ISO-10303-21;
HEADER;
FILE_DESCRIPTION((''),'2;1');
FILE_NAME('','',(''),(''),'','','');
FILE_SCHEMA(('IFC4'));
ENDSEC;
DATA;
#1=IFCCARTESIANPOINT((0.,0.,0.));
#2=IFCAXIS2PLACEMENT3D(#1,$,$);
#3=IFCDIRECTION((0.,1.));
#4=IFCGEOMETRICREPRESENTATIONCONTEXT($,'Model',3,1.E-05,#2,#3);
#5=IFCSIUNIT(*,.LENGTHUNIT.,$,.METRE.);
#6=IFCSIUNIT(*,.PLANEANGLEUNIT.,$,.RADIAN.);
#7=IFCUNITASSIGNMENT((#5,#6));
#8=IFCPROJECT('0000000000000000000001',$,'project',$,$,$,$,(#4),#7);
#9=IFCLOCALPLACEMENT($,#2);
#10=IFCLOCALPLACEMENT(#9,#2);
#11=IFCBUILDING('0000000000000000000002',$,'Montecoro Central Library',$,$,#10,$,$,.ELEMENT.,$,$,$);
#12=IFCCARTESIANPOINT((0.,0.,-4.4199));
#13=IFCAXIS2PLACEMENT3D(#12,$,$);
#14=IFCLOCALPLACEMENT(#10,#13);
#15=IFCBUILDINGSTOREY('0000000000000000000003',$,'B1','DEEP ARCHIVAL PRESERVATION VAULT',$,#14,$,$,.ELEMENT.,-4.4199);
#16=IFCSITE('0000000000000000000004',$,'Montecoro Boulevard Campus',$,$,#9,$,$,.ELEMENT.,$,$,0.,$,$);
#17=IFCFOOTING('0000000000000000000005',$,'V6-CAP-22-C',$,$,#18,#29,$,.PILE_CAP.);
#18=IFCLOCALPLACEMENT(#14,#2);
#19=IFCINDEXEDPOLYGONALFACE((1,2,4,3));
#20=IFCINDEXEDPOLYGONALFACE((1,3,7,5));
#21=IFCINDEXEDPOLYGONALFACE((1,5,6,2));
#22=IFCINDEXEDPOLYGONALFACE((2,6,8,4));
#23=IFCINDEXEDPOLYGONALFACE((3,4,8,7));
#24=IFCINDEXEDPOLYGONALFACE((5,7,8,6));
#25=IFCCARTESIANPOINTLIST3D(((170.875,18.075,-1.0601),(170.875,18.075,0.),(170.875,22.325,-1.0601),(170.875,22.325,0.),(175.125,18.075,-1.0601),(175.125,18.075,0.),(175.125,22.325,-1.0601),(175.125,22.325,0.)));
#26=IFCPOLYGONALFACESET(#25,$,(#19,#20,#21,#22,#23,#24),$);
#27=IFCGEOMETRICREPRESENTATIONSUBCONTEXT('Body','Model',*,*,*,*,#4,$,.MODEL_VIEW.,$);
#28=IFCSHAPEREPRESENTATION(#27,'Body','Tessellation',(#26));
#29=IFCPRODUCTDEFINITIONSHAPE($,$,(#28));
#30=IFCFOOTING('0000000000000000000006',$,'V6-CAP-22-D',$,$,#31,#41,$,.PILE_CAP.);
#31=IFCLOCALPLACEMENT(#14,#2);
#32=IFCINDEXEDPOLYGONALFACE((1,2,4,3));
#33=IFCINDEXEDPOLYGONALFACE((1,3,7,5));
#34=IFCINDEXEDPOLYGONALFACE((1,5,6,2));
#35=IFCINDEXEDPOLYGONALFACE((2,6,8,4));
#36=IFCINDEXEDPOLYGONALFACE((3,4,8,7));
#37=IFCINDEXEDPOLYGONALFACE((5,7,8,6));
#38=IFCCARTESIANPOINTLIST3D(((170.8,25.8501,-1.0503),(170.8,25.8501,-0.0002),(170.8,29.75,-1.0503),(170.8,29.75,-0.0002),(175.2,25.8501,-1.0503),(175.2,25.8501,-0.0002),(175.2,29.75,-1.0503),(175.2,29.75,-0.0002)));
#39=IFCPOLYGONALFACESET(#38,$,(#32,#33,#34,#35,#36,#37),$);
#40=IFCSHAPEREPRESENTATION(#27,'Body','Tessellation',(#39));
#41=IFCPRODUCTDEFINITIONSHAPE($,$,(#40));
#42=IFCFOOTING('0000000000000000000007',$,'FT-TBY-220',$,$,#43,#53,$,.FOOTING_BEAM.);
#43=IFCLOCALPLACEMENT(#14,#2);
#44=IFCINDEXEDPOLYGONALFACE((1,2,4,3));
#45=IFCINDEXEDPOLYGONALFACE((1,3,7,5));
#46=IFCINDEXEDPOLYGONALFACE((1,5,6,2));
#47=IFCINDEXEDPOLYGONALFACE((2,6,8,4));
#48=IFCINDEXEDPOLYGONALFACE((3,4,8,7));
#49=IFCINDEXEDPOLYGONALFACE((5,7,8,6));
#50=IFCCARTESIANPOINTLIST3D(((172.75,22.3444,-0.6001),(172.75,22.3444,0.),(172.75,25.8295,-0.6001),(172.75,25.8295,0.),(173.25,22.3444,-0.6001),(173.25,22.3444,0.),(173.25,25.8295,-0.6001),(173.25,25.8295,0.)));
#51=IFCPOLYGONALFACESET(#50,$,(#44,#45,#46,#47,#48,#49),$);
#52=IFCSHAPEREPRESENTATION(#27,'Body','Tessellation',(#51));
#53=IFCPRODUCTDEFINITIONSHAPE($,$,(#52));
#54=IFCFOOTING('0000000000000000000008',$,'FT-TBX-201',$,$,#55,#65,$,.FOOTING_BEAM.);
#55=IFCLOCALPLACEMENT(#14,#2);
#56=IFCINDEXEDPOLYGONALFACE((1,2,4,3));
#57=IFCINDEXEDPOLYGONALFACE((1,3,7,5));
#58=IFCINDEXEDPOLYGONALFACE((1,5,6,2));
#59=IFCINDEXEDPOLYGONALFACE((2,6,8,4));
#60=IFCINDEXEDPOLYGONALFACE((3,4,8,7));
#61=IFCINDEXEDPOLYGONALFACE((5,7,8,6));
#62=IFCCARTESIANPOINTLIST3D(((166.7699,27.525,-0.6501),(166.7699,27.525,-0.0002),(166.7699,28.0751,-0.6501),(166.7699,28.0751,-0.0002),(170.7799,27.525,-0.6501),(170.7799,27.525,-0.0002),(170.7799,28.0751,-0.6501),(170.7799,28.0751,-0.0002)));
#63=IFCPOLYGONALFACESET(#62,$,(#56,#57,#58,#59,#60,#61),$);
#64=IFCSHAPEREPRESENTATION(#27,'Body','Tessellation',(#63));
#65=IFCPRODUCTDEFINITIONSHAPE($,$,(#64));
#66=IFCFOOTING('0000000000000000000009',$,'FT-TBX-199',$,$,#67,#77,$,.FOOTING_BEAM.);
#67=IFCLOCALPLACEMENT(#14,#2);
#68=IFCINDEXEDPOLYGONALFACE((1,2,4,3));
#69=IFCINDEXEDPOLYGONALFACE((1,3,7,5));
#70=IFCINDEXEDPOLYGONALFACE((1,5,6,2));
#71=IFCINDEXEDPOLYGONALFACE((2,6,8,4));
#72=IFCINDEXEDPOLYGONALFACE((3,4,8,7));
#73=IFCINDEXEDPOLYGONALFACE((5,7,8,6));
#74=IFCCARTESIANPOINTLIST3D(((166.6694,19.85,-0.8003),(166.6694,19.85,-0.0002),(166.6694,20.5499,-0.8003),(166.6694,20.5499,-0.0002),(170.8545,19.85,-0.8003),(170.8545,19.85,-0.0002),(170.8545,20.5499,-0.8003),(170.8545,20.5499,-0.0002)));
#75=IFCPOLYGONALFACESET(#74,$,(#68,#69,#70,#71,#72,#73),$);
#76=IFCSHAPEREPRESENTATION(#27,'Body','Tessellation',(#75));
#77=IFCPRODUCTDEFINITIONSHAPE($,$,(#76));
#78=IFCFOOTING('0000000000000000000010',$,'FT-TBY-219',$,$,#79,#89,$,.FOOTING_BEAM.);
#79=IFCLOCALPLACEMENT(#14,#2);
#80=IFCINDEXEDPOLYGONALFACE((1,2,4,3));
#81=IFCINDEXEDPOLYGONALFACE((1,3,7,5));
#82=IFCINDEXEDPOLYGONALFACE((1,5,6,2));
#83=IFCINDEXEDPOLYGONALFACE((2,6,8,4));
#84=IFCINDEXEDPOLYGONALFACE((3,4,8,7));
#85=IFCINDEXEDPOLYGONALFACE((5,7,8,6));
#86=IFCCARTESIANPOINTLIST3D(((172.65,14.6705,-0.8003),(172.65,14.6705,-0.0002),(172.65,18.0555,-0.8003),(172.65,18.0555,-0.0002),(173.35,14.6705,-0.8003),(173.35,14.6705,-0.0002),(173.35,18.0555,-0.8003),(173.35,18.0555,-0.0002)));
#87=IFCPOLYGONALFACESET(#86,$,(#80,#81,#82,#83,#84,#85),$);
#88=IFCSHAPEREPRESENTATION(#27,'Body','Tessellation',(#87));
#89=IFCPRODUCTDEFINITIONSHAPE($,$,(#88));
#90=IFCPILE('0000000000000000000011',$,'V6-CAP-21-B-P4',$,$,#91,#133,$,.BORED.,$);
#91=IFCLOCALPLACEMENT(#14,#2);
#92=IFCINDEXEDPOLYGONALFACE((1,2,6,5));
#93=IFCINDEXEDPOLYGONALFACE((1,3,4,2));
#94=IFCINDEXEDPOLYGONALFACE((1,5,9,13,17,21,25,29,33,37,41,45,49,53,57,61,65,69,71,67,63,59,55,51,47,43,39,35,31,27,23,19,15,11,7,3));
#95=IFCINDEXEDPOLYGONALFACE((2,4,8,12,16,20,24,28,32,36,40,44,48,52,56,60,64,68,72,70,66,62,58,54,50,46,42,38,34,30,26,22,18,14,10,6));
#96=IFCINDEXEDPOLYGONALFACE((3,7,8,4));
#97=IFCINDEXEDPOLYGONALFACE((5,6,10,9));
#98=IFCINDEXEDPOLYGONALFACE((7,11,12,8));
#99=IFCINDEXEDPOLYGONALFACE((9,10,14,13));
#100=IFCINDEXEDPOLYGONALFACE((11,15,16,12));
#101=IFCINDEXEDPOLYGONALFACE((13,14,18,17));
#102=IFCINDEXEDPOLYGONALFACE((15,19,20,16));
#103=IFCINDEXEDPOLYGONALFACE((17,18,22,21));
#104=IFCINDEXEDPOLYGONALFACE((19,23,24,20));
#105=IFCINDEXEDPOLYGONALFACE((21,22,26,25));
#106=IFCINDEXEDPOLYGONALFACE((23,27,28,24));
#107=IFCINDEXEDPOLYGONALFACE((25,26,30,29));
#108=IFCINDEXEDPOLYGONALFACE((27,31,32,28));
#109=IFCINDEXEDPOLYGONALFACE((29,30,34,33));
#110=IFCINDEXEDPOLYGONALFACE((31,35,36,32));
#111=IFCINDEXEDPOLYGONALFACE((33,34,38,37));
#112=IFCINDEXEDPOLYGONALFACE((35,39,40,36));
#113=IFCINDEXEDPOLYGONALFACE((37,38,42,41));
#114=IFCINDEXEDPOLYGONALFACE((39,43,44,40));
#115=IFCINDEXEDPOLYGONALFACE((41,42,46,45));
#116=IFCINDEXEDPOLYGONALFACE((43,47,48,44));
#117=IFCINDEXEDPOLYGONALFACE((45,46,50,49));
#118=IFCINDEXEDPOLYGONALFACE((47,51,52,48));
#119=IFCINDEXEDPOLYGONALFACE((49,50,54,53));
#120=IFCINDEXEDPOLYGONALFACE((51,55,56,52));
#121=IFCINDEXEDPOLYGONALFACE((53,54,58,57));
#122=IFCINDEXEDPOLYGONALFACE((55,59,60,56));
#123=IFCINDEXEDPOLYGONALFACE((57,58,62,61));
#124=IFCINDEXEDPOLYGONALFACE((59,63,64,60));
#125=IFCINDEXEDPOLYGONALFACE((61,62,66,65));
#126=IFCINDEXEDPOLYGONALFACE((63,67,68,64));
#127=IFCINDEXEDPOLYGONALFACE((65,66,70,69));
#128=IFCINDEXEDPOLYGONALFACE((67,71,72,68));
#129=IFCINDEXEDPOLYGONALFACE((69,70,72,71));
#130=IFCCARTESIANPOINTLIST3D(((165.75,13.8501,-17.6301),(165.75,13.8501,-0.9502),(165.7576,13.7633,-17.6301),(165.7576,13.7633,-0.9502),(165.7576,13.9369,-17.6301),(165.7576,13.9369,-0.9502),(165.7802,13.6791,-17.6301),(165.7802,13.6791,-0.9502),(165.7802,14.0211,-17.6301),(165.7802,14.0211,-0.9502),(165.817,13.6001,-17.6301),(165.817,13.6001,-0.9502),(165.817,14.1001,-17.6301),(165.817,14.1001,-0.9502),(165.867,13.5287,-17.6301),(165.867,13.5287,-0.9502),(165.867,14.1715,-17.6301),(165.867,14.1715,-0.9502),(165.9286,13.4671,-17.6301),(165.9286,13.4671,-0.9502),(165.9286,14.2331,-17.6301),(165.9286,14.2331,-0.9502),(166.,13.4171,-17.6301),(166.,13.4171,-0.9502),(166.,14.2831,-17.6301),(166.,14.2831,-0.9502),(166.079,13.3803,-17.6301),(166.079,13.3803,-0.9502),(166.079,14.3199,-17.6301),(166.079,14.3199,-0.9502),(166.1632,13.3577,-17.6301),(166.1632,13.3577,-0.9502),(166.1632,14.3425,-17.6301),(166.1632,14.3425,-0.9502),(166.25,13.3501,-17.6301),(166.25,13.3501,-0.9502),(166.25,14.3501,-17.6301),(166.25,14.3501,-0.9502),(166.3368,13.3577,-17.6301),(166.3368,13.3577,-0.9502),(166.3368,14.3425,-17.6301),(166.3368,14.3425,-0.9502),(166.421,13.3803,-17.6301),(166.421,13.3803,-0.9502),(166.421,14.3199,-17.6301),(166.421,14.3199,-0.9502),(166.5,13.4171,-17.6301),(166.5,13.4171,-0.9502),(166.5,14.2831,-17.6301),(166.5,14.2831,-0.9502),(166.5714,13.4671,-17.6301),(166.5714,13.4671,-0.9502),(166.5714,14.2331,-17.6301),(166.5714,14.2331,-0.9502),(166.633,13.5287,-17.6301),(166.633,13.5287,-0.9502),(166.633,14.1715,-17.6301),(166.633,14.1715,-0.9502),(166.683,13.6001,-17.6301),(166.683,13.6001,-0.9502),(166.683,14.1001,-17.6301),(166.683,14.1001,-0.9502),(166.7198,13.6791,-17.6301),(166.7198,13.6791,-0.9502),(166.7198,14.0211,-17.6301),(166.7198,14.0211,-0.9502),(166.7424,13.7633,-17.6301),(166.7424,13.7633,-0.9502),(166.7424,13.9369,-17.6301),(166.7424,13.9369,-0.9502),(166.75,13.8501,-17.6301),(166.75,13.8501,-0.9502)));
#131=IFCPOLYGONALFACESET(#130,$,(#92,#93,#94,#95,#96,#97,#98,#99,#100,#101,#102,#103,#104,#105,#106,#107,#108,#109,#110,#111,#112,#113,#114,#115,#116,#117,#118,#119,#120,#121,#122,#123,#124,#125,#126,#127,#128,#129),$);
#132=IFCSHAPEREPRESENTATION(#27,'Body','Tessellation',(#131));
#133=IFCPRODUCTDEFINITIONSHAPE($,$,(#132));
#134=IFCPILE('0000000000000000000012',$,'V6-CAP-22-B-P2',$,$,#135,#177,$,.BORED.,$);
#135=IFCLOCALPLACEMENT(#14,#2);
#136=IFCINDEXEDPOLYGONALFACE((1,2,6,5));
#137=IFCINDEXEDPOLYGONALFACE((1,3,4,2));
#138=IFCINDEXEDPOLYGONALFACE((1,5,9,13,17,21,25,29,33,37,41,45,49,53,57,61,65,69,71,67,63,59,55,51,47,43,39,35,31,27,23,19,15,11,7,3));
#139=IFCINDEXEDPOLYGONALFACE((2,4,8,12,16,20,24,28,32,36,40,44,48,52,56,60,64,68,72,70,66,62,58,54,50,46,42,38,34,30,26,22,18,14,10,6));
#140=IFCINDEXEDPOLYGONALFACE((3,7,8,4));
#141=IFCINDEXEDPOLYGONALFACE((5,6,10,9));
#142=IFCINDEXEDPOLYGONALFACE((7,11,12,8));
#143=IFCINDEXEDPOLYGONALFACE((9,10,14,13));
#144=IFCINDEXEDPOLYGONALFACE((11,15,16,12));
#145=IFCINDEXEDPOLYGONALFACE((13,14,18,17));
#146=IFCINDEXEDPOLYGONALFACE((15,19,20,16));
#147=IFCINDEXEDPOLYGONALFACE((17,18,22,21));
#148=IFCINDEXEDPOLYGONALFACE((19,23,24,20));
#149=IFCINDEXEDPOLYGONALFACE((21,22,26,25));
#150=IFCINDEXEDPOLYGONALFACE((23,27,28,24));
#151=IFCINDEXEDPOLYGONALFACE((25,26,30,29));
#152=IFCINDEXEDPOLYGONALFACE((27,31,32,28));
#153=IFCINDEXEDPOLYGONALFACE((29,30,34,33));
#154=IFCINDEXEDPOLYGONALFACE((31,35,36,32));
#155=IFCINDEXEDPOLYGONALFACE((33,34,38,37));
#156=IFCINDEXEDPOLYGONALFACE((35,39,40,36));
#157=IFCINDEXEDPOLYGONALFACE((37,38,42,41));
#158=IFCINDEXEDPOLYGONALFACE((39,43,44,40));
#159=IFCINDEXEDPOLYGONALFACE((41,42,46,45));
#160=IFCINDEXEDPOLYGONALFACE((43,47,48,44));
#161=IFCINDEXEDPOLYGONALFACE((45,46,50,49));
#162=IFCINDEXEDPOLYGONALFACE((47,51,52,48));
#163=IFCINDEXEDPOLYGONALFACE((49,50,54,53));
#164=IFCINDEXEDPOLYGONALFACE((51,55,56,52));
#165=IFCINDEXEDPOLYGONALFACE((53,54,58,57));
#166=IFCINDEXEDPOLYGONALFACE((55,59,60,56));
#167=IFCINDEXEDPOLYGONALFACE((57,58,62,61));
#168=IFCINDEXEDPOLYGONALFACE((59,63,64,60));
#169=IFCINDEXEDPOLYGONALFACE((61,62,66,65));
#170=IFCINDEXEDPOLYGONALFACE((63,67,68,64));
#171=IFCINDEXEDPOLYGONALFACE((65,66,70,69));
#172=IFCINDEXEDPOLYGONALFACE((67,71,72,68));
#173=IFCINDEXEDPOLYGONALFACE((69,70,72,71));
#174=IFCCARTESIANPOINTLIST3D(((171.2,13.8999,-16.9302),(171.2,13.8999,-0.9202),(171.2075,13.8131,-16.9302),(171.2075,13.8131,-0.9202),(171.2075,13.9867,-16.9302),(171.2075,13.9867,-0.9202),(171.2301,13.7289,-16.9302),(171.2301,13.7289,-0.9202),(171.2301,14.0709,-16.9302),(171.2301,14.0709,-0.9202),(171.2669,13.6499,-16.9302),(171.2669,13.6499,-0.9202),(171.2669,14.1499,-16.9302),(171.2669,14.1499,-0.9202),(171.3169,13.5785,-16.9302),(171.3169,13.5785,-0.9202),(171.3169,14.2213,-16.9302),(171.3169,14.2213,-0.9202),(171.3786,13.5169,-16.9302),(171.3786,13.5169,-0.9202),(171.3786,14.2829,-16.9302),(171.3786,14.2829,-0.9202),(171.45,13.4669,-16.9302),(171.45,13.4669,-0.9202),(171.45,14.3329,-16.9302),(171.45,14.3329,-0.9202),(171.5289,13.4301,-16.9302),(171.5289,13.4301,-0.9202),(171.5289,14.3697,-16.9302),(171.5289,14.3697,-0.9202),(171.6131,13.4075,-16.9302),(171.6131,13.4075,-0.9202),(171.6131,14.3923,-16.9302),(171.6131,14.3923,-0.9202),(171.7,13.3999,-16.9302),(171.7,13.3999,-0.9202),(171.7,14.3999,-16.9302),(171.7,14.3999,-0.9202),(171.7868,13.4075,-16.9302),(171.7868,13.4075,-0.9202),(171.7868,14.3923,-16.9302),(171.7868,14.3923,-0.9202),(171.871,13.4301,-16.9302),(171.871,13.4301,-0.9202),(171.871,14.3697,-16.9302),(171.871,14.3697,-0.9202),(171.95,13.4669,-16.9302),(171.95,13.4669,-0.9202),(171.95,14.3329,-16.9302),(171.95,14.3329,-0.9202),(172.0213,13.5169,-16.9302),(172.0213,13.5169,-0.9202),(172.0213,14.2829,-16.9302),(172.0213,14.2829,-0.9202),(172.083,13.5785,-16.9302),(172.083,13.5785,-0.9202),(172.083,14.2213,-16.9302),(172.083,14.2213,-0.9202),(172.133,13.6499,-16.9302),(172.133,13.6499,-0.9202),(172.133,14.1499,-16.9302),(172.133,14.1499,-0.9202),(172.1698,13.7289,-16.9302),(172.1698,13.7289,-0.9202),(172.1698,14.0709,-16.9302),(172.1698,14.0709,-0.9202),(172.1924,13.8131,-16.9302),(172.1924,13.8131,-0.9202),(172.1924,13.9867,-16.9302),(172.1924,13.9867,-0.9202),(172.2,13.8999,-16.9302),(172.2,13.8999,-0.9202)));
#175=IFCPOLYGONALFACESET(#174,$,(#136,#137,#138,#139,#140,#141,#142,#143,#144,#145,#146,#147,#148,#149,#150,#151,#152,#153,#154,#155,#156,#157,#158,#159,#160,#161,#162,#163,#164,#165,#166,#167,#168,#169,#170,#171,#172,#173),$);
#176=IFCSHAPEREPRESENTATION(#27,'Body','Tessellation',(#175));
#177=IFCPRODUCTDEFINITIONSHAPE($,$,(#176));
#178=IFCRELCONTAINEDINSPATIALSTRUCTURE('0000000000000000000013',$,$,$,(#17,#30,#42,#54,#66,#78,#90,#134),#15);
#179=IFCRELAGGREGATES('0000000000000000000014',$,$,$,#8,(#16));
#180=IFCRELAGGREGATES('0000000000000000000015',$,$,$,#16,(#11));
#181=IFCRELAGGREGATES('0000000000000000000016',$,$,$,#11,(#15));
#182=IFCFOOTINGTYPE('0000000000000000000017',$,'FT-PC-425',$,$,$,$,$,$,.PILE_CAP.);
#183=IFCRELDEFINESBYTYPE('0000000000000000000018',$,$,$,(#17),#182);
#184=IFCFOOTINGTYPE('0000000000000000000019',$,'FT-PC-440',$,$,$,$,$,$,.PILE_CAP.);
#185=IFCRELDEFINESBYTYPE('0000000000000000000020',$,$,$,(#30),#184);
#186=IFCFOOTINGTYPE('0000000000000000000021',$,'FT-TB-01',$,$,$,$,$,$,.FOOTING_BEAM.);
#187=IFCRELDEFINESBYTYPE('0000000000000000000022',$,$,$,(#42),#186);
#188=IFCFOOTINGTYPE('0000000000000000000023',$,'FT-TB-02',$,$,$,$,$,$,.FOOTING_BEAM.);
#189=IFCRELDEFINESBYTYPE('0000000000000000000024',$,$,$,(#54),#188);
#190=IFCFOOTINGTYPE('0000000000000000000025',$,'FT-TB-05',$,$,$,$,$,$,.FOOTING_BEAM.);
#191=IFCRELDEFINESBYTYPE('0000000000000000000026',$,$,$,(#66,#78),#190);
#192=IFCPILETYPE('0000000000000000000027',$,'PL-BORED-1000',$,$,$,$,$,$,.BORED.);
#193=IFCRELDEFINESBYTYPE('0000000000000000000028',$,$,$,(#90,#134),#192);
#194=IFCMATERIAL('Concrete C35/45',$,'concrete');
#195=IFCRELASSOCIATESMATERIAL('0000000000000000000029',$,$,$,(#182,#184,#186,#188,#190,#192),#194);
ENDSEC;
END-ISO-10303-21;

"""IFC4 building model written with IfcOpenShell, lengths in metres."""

from ifc_helpers import new_model, si_unit, direction, frame, origin, origin_2d, place, context, subcontext, project, spatial, rectangle, circle, extrude, material, material_profile, profile_set, type_object, element, save


model = new_model("IFC4")

# Units and contexts
model_context = context("Model", 3, precision=1e-05, world=origin(), true_north=direction((0.0, 1.0)))
body_context = subcontext(model_context, "Body", "Model", "MODEL_VIEW")
ifc_project = project(units=[si_unit("LENGTHUNIT", "METRE"), si_unit("PLANEANGLEUNIT", "RADIAN")], contexts=[model_context])

# Site, building, storey
site_placement = place(None, origin())
site = spatial("IfcSite", under=ifc_project, at=site_placement, Name="Montecoro Boulevard Campus", CompositionType="ELEMENT", RefElevation=0.0)
building_placement = place(site_placement, origin())
building = spatial("IfcBuilding", under=site, at=building_placement, Name="Montecoro Central Library", CompositionType="ELEMENT")
storey_placement = place(building_placement, frame((0.0, 0.0, -4.4199)))
storey = spatial("IfcBuildingStorey", under=building, at=storey_placement, Name="B1", Description="DEEP ARCHIVAL PRESERVATION VAULT", CompositionType="ELEMENT", Elevation=-4.4199)

# Footings
ifc_material_1 = material(Name="Concrete C35/45", Category="concrete")
footing_type_1 = type_object("IfcFootingType", Name="FT-PC-425", PredefinedType="PILE_CAP", material=ifc_material_1)
footing_1_placement = place(storey_placement, frame((173.0, 20.2, -1.0601), z_axis=(0.0, 0.0, 1.0), x_axis=(1.0, 0.0, 0.0)))
element("IfcFooting", 1, at=footing_1_placement, inside=storey, type_object=footing_type_1, Name="V6-CAP-22-C", PredefinedType="PILE_CAP", context=body_context, shape_type="SweptSolid", body=[
    extrude(rectangle(XDim=4.25, YDim=4.25, at=origin_2d()), origin(), (0.0, 0.0, 1.0), 1.0601),
])
footing_type_2 = type_object("IfcFootingType", Name="FT-PC-440", PredefinedType="PILE_CAP", material=ifc_material_1)
footing_2_placement = place(storey_placement, frame((173.0, 27.8, -1.0503), z_axis=(0.0, 0.0, 1.0), x_axis=(1.0, 0.0, 0.0)))
element("IfcFooting", 2, at=footing_2_placement, inside=storey, type_object=footing_type_2, Name="V6-CAP-22-D", PredefinedType="PILE_CAP", context=body_context, shape_type="SweptSolid", body=[
    extrude(rectangle(XDim=4.3999, YDim=3.8999, at=origin_2d()), origin(), (0.0, 0.0, 1.0), 1.05),
])
footing_type_3 = type_object("IfcFootingType", Name="FT-TB-01", PredefinedType="FOOTING_BEAM", material=ifc_material_1)
footing_3_placement = place(storey_placement, frame((173.0, 24.0869, -0.6001), z_axis=(0.0, 0.0, 1.0), x_axis=(1.0, 0.0, 0.0)))
element("IfcFooting", 3, at=footing_3_placement, inside=storey, type_object=footing_type_3, Name="FT-TBY-220", PredefinedType="FOOTING_BEAM", context=body_context, shape_type="SweptSolid", body=[
    extrude(rectangle(XDim=0.5, YDim=3.4851, at=origin_2d()), origin(), (0.0, 0.0, 1.0), 0.6001),
])
footing_type_4 = type_object("IfcFootingType", Name="FT-TB-02", PredefinedType="FOOTING_BEAM", material=ifc_material_1)
footing_4_placement = place(storey_placement, frame((168.7749, 27.8, -0.6501), z_axis=(0.0, 0.0, 1.0), x_axis=(1.0, 0.0, 0.0)))
element("IfcFooting", 4, at=footing_4_placement, inside=storey, type_object=footing_type_4, Name="FT-TBX-201", PredefinedType="FOOTING_BEAM", context=body_context, shape_type="SweptSolid", body=[
    extrude(rectangle(XDim=4.01, YDim=0.55, at=origin_2d()), origin(), (0.0, 0.0, 1.0), 0.6499),
])
footing_type_5 = type_object("IfcFootingType", Name="FT-TB-05", PredefinedType="FOOTING_BEAM", material=ifc_material_1)
footing_5_placement = place(storey_placement, frame((168.762, 20.2, -0.8003), z_axis=(0.0, 0.0, 1.0), x_axis=(1.0, 0.0, 0.0)))
element("IfcFooting", 5, at=footing_5_placement, inside=storey, type_object=footing_type_5, Name="FT-TBX-199", PredefinedType="FOOTING_BEAM", context=body_context, shape_type="SweptSolid", body=[
    extrude(rectangle(XDim=4.1851, YDim=0.7, at=origin_2d()), origin(), (0.0, 0.0, 1.0), 0.8),
])
footing_6_placement = place(storey_placement, frame((173.0, 16.363, -0.8003), z_axis=(0.0, 0.0, 1.0), x_axis=(1.0, 0.0, 0.0)))
element("IfcFooting", 6, at=footing_6_placement, inside=storey, type_object=footing_type_5, Name="FT-TBY-219", PredefinedType="FOOTING_BEAM", context=body_context, shape_type="SweptSolid", body=[
    extrude(rectangle(XDim=0.7, YDim=3.385, at=origin_2d()), origin(), (0.0, 0.0, 1.0), 0.8),
])

# Piles
ifc_material_profile_1 = material_profile(ifc_material_1, circle(Radius=0.5, at=origin_2d()), Name="PILE D1000")
ifc_profile_set_1 = profile_set([ifc_material_profile_1], Name="Concrete C35/45")
pile_type_1 = type_object("IfcPileType", Name="PL-BORED-1000", PredefinedType="BORED", material=ifc_profile_set_1)
pile_1_placement = place(storey_placement, frame((166.25, 13.8501, -0.9502), z_axis=(0.0, 0.0, -1.0), x_axis=(1.0, 0.0, 0.0)))
element("IfcPile", 7, at=pile_1_placement, inside=storey, type_object=pile_type_1, Name="V6-CAP-21-B-P4", PredefinedType="BORED", context=body_context, shape_type="SweptSolid", body=[
    extrude(circle(Radius=0.5, at=origin_2d()), origin(), (0.0, 0.0, 1.0), 16.6799),
])
for number, where, z_axis, x_axis, name in (
    (8, (171.7, 13.8999, -0.9202), (0.0, 0.0, -1.0), (1.0, 0.0, 0.0), "V6-CAP-22-B-P2"),
):
    element("IfcPile", number, at=place(storey_placement, frame(where, z_axis=z_axis, x_axis=x_axis)), inside=storey, type_object=pile_type_1, Name=name, PredefinedType="BORED", context=body_context, shape_type="SweptSolid", body=[
        extrude(circle(Radius=0.5, at=origin_2d()), origin(), (0.0, 0.0, 1.0), 16.01),
    ])

save(model, "model.ifc")
